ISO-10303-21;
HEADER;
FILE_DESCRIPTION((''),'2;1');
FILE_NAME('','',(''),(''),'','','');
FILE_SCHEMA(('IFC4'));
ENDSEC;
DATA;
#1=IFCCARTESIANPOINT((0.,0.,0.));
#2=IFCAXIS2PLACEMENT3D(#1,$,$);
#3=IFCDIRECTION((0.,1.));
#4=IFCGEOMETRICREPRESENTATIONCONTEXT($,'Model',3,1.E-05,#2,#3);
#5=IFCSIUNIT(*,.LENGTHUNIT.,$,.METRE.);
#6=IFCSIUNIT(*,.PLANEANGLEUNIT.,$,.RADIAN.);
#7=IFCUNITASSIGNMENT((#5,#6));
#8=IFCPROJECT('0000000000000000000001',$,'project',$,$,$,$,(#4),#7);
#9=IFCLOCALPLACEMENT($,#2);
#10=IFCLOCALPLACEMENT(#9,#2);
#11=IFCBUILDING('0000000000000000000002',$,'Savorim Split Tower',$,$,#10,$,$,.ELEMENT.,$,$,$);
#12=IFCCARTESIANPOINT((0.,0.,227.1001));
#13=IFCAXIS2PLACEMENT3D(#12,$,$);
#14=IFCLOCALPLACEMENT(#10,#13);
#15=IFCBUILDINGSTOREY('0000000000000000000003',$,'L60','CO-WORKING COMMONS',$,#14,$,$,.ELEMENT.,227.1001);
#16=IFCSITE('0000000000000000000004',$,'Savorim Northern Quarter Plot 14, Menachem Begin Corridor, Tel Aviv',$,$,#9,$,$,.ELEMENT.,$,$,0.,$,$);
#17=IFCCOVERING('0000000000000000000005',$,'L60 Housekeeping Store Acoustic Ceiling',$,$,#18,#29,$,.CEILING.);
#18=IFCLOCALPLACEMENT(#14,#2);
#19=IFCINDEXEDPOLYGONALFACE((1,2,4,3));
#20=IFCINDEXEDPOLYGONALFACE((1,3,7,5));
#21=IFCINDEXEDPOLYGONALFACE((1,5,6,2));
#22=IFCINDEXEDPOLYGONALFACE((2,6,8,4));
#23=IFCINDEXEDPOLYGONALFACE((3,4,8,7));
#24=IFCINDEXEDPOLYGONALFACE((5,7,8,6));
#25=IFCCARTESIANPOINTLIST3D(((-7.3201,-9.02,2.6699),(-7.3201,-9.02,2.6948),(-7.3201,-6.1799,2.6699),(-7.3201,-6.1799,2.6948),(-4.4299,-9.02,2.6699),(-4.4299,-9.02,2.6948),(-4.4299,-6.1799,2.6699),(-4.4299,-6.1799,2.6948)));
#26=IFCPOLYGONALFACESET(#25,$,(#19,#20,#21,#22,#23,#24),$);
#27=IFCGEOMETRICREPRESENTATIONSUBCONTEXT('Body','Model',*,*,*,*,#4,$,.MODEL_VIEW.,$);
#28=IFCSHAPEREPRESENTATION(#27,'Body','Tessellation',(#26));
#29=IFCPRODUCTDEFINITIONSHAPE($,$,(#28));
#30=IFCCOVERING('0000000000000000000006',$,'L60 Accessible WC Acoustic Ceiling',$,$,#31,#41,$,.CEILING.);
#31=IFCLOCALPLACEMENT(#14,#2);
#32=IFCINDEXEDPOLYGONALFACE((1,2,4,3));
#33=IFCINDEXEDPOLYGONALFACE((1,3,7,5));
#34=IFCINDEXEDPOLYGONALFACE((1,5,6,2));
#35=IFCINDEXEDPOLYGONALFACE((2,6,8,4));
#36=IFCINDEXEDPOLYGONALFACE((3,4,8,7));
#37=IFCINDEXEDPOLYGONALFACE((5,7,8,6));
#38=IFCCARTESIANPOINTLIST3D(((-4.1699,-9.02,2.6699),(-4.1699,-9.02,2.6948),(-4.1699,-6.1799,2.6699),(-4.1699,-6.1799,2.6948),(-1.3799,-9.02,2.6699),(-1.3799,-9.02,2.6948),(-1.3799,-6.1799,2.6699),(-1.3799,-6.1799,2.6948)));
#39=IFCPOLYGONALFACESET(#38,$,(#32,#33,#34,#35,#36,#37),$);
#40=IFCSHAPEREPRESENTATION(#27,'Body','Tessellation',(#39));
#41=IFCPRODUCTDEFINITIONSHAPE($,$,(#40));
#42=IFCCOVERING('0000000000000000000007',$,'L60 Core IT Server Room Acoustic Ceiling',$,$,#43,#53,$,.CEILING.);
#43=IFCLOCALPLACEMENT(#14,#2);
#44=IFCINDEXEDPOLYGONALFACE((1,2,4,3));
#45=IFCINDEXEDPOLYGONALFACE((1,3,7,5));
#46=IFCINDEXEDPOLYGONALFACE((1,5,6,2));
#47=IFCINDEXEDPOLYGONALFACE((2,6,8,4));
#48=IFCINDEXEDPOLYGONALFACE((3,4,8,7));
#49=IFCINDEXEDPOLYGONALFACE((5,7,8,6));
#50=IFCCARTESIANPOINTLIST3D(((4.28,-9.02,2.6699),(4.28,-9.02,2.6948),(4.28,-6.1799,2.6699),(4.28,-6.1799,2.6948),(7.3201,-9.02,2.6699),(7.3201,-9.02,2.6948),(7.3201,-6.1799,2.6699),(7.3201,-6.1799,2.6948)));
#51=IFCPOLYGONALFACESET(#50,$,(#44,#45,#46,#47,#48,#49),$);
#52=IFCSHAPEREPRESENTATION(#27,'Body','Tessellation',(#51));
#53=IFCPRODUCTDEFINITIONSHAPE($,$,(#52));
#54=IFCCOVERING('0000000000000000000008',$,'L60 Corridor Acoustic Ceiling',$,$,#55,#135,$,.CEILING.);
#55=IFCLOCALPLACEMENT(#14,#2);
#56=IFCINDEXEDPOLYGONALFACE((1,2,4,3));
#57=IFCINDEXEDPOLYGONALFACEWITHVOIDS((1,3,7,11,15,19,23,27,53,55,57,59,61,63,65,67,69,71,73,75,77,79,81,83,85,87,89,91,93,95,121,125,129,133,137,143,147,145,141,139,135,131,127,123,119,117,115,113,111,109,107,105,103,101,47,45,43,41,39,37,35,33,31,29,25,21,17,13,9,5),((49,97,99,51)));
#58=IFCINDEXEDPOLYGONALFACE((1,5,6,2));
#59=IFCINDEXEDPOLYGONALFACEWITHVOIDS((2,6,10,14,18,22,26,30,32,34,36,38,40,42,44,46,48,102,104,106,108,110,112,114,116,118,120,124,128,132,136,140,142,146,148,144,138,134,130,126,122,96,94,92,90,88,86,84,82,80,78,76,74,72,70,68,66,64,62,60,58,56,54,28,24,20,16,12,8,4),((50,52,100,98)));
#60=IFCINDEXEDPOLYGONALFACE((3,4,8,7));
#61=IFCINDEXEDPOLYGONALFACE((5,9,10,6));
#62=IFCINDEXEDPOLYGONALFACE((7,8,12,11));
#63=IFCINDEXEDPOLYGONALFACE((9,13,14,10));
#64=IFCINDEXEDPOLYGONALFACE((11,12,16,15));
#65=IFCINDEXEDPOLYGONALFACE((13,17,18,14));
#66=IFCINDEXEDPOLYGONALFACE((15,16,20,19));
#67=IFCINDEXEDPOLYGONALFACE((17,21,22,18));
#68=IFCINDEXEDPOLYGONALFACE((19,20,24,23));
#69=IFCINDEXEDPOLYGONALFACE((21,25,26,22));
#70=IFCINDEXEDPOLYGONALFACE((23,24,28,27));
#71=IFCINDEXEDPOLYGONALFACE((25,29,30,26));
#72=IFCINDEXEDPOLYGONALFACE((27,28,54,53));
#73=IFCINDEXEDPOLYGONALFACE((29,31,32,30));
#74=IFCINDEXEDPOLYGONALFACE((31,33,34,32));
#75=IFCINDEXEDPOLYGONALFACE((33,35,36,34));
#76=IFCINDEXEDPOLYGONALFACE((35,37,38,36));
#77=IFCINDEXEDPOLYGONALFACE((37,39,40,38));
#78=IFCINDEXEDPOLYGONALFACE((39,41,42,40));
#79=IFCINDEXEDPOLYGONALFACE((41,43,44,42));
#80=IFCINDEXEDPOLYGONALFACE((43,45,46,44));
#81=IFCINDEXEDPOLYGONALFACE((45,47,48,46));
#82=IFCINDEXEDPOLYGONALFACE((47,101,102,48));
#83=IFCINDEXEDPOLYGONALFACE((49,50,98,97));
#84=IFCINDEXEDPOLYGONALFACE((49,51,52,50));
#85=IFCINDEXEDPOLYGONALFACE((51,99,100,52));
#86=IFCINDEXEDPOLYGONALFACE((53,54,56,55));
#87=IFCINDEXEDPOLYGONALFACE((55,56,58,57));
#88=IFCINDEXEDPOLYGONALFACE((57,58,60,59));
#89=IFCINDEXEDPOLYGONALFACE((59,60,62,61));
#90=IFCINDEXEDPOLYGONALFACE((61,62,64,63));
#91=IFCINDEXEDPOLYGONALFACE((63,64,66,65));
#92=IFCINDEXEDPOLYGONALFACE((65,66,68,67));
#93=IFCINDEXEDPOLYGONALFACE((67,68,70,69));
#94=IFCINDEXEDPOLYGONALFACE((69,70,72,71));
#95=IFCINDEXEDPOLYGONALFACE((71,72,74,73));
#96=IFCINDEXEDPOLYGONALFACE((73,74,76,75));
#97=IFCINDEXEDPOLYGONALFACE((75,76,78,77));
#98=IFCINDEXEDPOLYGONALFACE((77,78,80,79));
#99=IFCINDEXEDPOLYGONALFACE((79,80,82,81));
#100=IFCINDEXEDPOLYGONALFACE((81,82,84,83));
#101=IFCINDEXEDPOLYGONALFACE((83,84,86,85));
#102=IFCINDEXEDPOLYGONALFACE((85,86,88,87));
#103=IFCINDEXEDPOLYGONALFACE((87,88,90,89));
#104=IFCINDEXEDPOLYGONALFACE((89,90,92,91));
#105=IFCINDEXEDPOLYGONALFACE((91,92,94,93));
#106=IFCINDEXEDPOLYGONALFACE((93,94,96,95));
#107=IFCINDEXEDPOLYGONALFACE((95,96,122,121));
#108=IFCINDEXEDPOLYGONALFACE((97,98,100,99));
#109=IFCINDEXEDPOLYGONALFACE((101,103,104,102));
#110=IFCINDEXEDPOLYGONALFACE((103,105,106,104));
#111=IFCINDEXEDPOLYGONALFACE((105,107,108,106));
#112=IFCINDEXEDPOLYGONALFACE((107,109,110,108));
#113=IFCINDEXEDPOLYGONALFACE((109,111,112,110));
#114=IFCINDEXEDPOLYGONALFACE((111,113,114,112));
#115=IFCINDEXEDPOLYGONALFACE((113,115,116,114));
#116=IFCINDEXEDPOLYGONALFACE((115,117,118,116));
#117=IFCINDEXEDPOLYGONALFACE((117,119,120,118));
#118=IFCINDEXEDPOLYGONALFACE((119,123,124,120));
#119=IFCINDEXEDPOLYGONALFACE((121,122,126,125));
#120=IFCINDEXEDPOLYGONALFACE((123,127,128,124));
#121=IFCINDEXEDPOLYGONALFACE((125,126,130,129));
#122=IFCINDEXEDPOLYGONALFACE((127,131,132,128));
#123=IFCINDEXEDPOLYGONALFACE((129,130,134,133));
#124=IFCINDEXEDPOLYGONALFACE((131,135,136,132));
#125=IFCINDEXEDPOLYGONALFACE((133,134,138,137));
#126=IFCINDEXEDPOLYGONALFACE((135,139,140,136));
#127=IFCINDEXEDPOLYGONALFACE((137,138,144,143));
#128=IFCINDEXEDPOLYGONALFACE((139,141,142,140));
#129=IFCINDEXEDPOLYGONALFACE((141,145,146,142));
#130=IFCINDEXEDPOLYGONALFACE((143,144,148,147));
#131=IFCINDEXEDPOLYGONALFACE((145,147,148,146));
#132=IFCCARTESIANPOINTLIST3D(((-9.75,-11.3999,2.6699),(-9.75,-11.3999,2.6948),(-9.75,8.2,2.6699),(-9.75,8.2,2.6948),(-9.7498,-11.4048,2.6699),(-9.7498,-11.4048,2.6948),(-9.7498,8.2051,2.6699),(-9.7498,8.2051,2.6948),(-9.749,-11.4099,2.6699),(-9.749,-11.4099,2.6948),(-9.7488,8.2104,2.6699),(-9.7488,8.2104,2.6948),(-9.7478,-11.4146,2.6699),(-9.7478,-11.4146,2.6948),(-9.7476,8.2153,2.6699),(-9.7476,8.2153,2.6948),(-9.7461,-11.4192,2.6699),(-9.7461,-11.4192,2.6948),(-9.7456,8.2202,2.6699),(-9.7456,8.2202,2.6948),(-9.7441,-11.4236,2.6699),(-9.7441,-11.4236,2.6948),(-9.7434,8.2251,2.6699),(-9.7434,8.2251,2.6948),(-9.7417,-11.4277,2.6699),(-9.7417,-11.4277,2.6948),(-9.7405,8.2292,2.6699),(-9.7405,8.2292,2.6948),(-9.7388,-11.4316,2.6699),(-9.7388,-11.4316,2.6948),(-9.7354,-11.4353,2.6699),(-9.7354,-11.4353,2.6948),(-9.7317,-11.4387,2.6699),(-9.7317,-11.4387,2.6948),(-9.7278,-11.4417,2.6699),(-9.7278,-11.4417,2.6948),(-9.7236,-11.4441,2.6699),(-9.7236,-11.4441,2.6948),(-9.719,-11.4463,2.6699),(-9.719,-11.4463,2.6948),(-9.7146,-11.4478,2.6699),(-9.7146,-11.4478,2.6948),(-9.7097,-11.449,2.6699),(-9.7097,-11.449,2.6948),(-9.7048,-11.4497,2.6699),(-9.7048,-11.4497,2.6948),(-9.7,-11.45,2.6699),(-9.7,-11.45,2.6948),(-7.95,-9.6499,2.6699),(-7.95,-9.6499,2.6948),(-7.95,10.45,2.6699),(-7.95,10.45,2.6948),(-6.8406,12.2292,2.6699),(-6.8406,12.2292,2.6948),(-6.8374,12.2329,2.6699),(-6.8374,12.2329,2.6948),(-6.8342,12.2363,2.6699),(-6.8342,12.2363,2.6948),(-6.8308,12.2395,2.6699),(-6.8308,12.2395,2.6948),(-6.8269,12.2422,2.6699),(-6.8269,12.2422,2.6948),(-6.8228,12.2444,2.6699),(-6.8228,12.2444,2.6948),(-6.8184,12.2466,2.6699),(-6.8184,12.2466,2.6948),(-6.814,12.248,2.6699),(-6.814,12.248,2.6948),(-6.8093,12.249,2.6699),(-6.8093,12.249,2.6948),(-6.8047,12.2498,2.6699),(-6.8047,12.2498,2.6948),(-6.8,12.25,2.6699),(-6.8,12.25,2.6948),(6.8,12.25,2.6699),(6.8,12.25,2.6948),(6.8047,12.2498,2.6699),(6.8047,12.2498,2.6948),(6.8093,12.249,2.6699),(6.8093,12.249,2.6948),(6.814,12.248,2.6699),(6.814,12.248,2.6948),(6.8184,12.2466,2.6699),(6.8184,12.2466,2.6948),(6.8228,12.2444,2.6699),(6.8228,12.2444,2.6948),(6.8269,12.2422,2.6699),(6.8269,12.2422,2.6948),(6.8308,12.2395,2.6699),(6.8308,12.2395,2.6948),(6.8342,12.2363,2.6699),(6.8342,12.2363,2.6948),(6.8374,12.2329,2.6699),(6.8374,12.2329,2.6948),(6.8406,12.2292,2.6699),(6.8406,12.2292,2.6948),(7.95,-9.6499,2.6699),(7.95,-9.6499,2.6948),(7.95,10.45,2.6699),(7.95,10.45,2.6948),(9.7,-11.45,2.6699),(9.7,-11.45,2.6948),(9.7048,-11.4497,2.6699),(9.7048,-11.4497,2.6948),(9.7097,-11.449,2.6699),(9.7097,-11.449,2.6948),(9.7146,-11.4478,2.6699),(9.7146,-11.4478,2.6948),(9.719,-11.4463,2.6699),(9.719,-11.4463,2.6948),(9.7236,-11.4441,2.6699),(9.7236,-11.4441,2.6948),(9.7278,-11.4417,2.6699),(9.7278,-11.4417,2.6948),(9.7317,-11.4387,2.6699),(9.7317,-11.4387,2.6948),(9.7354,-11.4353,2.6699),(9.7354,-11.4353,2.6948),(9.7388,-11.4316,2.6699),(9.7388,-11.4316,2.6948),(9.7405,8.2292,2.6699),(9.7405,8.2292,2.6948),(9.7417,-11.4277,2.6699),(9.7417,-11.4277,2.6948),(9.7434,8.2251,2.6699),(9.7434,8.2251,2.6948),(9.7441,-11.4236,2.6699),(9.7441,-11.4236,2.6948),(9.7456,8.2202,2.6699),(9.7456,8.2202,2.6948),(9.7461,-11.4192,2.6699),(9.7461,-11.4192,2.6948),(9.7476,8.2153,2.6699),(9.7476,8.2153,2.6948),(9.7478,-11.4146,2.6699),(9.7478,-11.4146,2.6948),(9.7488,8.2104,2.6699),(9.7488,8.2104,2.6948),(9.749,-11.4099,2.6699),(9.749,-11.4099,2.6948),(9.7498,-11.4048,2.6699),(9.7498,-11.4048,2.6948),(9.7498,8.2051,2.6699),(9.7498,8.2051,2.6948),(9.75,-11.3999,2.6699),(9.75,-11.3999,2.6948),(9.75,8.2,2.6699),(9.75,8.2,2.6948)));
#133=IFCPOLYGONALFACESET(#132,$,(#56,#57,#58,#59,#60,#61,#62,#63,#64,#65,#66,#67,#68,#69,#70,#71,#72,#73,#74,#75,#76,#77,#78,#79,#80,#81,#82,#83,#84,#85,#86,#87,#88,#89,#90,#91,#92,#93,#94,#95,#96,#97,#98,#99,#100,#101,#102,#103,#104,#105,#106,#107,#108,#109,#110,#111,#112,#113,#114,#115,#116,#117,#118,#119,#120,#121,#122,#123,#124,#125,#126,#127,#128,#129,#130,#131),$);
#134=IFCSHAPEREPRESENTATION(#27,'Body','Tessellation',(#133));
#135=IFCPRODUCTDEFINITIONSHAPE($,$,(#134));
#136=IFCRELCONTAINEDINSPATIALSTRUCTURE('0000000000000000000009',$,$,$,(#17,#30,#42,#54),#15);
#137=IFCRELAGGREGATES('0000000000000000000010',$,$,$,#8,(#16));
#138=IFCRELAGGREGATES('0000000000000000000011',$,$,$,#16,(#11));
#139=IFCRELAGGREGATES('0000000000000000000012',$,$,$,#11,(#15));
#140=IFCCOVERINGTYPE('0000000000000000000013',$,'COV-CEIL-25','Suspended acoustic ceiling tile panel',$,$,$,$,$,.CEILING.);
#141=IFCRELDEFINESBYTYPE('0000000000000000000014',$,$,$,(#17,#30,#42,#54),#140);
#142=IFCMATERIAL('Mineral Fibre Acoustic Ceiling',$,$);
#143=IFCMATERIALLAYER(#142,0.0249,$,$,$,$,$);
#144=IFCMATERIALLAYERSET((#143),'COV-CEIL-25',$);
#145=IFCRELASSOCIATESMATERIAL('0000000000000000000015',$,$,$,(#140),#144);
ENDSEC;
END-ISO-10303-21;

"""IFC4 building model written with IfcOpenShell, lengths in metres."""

from ifc_helpers import new_model, si_unit, direction, frame, origin, place, context, subcontext, project, spatial, polyline, outline, extrude, material, layer, layer_set, type_object, element, save


model = new_model("IFC4")

# Units and contexts
model_context = context("Model", 3, precision=1e-05, world=origin(), true_north=direction((0.0, 1.0)))
body_context = subcontext(model_context, "Body", "Model", "MODEL_VIEW")
ifc_project = project(units=[si_unit("LENGTHUNIT", "METRE"), si_unit("PLANEANGLEUNIT", "RADIAN")], contexts=[model_context])

# Site, building, storey
site_placement = place(None, origin())
site = spatial("IfcSite", under=ifc_project, at=site_placement, Name="Savorim Northern Quarter Plot 14, Menachem Begin Corridor, Tel Aviv", CompositionType="ELEMENT", RefElevation=0.0)
building_placement = place(site_placement, origin())
building = spatial("IfcBuilding", under=site, at=building_placement, Name="Savorim Split Tower", CompositionType="ELEMENT")
storey_placement = place(building_placement, frame((0.0, 0.0, 227.1001)))
storey = spatial("IfcBuildingStorey", under=building, at=storey_placement, Name="L60", Description="CO-WORKING COMMONS", CompositionType="ELEMENT", Elevation=227.1001)

# Coverings
ifc_material_1 = material(Name="Mineral Fibre Acoustic Ceiling")
ifc_layer_1 = layer(ifc_material_1, 0.0249)
ifc_layer_set_1 = layer_set([ifc_layer_1], Name="COV-CEIL-25")
covering_type_1 = type_object("IfcCoveringType", Name="COV-CEIL-25", Description="Suspended acoustic ceiling tile panel", PredefinedType="CEILING", material=ifc_layer_set_1)
covering_1_placement = place(storey_placement, frame((0.0, 0.0, 2.6699)))
element("IfcCovering", 1, at=covering_1_placement, inside=storey, type_object=covering_type_1, Name="L60 Housekeeping Store Acoustic Ceiling", PredefinedType="CEILING", context=body_context, shape_type="SweptSolid", body=[
    extrude(outline(polyline([(-7.3201, -6.1799), (-7.3201, -9.02), (-4.4299, -9.02), (-4.4299, -6.1799), (-7.3201, -6.1799)])), origin(), (0.0, 0.0, 1.0), 0.0249),
])
covering_2_placement = place(storey_placement, frame((0.0, 0.0, 2.6699)))
element("IfcCovering", 2, at=covering_2_placement, inside=storey, type_object=covering_type_1, Name="L60 Accessible WC Acoustic Ceiling", PredefinedType="CEILING", context=body_context, shape_type="SweptSolid", body=[
    extrude(outline(polyline([(-4.1699, -6.1799), (-4.1699, -9.02), (-1.3799, -9.02), (-1.3799, -6.1799), (-4.1699, -6.1799)])), origin(), (0.0, 0.0, 1.0), 0.0249),
])
covering_3_placement = place(storey_placement, frame((0.0, 0.0, 2.6699)))
element("IfcCovering", 3, at=covering_3_placement, inside=storey, type_object=covering_type_1, Name="L60 Core IT Server Room Acoustic Ceiling", PredefinedType="CEILING", context=body_context, shape_type="SweptSolid", body=[
    extrude(outline(polyline([(4.28, -6.1799), (4.28, -9.02), (7.3201, -9.02), (7.3201, -6.1799), (4.28, -6.1799)])), origin(), (0.0, 0.0, 1.0), 0.0249),
])
covering_4_placement = place(storey_placement, frame((0.0, 0.0, 2.6699)))
element("IfcCovering", 4, at=covering_4_placement, inside=storey, type_object=covering_type_1, Name="L60 Corridor Acoustic Ceiling", PredefinedType="CEILING", context=body_context, shape_type="SweptSolid", body=[
    extrude(outline(polyline([(6.8093, 12.249), (6.8047, 12.2498), (6.8, 12.25), (-6.8, 12.25), (-6.8047, 12.2498), (-6.8093, 12.249), (-6.814, 12.248), (-6.8184, 12.2466), (-6.8228, 12.2444), (-6.8269, 12.2422), (-6.8308, 12.2395), (-6.8342, 12.2363), (-6.8374, 12.2329), (-6.8406, 12.2292), (-9.7405, 8.2292), (-9.7434, 8.2251), (-9.7456, 8.2202), (-9.7476, 8.2153), (-9.7488, 8.2104), (-9.7498, 8.2051), (-9.75, 8.2), (-9.75, -11.3999), (-9.7498, -11.4048), (-9.749, -11.4099), (-9.7478, -11.4146), (-9.7461, -11.4192), (-9.7441, -11.4236), (-9.7417, -11.4277), (-9.7388, -11.4316), (-9.7354, -11.4353), (-9.7317, -11.4387), (-9.7278, -11.4417), (-9.7236, -11.4441), (-9.719, -11.4463), (-9.7146, -11.4478), (-9.7097, -11.449), (-9.7048, -11.4497), (-9.7, -11.45), (9.7, -11.45), (9.7048, -11.4497), (9.7097, -11.449), (9.7146, -11.4478), (9.719, -11.4463), (9.7236, -11.4441), (9.7278, -11.4417), (9.7317, -11.4387), (9.7354, -11.4353), (9.7388, -11.4316), (9.7417, -11.4277), (9.7441, -11.4236), (9.7461, -11.4192), (9.7478, -11.4146), (9.749, -11.4099), (9.7498, -11.4048), (9.75, -11.3999), (9.75, 8.2), (9.7498, 8.2051), (9.7488, 8.2104), (9.7476, 8.2153), (9.7456, 8.2202), (9.7434, 8.2251), (9.7405, 8.2292), (6.8406, 12.2292), (6.8374, 12.2329), (6.8342, 12.2363), (6.8308, 12.2395), (6.8269, 12.2422), (6.8228, 12.2444), (6.8184, 12.2466), (6.814, 12.248), (6.8093, 12.249)]), holes=[polyline([(-7.95, 10.45), (-7.95, -9.6499), (7.95, -9.6499), (7.95, 10.45), (-7.95, 10.45)])]), origin(), (0.0, 0.0, 1.0), 0.0249),
])

save(model, "model.ifc")
